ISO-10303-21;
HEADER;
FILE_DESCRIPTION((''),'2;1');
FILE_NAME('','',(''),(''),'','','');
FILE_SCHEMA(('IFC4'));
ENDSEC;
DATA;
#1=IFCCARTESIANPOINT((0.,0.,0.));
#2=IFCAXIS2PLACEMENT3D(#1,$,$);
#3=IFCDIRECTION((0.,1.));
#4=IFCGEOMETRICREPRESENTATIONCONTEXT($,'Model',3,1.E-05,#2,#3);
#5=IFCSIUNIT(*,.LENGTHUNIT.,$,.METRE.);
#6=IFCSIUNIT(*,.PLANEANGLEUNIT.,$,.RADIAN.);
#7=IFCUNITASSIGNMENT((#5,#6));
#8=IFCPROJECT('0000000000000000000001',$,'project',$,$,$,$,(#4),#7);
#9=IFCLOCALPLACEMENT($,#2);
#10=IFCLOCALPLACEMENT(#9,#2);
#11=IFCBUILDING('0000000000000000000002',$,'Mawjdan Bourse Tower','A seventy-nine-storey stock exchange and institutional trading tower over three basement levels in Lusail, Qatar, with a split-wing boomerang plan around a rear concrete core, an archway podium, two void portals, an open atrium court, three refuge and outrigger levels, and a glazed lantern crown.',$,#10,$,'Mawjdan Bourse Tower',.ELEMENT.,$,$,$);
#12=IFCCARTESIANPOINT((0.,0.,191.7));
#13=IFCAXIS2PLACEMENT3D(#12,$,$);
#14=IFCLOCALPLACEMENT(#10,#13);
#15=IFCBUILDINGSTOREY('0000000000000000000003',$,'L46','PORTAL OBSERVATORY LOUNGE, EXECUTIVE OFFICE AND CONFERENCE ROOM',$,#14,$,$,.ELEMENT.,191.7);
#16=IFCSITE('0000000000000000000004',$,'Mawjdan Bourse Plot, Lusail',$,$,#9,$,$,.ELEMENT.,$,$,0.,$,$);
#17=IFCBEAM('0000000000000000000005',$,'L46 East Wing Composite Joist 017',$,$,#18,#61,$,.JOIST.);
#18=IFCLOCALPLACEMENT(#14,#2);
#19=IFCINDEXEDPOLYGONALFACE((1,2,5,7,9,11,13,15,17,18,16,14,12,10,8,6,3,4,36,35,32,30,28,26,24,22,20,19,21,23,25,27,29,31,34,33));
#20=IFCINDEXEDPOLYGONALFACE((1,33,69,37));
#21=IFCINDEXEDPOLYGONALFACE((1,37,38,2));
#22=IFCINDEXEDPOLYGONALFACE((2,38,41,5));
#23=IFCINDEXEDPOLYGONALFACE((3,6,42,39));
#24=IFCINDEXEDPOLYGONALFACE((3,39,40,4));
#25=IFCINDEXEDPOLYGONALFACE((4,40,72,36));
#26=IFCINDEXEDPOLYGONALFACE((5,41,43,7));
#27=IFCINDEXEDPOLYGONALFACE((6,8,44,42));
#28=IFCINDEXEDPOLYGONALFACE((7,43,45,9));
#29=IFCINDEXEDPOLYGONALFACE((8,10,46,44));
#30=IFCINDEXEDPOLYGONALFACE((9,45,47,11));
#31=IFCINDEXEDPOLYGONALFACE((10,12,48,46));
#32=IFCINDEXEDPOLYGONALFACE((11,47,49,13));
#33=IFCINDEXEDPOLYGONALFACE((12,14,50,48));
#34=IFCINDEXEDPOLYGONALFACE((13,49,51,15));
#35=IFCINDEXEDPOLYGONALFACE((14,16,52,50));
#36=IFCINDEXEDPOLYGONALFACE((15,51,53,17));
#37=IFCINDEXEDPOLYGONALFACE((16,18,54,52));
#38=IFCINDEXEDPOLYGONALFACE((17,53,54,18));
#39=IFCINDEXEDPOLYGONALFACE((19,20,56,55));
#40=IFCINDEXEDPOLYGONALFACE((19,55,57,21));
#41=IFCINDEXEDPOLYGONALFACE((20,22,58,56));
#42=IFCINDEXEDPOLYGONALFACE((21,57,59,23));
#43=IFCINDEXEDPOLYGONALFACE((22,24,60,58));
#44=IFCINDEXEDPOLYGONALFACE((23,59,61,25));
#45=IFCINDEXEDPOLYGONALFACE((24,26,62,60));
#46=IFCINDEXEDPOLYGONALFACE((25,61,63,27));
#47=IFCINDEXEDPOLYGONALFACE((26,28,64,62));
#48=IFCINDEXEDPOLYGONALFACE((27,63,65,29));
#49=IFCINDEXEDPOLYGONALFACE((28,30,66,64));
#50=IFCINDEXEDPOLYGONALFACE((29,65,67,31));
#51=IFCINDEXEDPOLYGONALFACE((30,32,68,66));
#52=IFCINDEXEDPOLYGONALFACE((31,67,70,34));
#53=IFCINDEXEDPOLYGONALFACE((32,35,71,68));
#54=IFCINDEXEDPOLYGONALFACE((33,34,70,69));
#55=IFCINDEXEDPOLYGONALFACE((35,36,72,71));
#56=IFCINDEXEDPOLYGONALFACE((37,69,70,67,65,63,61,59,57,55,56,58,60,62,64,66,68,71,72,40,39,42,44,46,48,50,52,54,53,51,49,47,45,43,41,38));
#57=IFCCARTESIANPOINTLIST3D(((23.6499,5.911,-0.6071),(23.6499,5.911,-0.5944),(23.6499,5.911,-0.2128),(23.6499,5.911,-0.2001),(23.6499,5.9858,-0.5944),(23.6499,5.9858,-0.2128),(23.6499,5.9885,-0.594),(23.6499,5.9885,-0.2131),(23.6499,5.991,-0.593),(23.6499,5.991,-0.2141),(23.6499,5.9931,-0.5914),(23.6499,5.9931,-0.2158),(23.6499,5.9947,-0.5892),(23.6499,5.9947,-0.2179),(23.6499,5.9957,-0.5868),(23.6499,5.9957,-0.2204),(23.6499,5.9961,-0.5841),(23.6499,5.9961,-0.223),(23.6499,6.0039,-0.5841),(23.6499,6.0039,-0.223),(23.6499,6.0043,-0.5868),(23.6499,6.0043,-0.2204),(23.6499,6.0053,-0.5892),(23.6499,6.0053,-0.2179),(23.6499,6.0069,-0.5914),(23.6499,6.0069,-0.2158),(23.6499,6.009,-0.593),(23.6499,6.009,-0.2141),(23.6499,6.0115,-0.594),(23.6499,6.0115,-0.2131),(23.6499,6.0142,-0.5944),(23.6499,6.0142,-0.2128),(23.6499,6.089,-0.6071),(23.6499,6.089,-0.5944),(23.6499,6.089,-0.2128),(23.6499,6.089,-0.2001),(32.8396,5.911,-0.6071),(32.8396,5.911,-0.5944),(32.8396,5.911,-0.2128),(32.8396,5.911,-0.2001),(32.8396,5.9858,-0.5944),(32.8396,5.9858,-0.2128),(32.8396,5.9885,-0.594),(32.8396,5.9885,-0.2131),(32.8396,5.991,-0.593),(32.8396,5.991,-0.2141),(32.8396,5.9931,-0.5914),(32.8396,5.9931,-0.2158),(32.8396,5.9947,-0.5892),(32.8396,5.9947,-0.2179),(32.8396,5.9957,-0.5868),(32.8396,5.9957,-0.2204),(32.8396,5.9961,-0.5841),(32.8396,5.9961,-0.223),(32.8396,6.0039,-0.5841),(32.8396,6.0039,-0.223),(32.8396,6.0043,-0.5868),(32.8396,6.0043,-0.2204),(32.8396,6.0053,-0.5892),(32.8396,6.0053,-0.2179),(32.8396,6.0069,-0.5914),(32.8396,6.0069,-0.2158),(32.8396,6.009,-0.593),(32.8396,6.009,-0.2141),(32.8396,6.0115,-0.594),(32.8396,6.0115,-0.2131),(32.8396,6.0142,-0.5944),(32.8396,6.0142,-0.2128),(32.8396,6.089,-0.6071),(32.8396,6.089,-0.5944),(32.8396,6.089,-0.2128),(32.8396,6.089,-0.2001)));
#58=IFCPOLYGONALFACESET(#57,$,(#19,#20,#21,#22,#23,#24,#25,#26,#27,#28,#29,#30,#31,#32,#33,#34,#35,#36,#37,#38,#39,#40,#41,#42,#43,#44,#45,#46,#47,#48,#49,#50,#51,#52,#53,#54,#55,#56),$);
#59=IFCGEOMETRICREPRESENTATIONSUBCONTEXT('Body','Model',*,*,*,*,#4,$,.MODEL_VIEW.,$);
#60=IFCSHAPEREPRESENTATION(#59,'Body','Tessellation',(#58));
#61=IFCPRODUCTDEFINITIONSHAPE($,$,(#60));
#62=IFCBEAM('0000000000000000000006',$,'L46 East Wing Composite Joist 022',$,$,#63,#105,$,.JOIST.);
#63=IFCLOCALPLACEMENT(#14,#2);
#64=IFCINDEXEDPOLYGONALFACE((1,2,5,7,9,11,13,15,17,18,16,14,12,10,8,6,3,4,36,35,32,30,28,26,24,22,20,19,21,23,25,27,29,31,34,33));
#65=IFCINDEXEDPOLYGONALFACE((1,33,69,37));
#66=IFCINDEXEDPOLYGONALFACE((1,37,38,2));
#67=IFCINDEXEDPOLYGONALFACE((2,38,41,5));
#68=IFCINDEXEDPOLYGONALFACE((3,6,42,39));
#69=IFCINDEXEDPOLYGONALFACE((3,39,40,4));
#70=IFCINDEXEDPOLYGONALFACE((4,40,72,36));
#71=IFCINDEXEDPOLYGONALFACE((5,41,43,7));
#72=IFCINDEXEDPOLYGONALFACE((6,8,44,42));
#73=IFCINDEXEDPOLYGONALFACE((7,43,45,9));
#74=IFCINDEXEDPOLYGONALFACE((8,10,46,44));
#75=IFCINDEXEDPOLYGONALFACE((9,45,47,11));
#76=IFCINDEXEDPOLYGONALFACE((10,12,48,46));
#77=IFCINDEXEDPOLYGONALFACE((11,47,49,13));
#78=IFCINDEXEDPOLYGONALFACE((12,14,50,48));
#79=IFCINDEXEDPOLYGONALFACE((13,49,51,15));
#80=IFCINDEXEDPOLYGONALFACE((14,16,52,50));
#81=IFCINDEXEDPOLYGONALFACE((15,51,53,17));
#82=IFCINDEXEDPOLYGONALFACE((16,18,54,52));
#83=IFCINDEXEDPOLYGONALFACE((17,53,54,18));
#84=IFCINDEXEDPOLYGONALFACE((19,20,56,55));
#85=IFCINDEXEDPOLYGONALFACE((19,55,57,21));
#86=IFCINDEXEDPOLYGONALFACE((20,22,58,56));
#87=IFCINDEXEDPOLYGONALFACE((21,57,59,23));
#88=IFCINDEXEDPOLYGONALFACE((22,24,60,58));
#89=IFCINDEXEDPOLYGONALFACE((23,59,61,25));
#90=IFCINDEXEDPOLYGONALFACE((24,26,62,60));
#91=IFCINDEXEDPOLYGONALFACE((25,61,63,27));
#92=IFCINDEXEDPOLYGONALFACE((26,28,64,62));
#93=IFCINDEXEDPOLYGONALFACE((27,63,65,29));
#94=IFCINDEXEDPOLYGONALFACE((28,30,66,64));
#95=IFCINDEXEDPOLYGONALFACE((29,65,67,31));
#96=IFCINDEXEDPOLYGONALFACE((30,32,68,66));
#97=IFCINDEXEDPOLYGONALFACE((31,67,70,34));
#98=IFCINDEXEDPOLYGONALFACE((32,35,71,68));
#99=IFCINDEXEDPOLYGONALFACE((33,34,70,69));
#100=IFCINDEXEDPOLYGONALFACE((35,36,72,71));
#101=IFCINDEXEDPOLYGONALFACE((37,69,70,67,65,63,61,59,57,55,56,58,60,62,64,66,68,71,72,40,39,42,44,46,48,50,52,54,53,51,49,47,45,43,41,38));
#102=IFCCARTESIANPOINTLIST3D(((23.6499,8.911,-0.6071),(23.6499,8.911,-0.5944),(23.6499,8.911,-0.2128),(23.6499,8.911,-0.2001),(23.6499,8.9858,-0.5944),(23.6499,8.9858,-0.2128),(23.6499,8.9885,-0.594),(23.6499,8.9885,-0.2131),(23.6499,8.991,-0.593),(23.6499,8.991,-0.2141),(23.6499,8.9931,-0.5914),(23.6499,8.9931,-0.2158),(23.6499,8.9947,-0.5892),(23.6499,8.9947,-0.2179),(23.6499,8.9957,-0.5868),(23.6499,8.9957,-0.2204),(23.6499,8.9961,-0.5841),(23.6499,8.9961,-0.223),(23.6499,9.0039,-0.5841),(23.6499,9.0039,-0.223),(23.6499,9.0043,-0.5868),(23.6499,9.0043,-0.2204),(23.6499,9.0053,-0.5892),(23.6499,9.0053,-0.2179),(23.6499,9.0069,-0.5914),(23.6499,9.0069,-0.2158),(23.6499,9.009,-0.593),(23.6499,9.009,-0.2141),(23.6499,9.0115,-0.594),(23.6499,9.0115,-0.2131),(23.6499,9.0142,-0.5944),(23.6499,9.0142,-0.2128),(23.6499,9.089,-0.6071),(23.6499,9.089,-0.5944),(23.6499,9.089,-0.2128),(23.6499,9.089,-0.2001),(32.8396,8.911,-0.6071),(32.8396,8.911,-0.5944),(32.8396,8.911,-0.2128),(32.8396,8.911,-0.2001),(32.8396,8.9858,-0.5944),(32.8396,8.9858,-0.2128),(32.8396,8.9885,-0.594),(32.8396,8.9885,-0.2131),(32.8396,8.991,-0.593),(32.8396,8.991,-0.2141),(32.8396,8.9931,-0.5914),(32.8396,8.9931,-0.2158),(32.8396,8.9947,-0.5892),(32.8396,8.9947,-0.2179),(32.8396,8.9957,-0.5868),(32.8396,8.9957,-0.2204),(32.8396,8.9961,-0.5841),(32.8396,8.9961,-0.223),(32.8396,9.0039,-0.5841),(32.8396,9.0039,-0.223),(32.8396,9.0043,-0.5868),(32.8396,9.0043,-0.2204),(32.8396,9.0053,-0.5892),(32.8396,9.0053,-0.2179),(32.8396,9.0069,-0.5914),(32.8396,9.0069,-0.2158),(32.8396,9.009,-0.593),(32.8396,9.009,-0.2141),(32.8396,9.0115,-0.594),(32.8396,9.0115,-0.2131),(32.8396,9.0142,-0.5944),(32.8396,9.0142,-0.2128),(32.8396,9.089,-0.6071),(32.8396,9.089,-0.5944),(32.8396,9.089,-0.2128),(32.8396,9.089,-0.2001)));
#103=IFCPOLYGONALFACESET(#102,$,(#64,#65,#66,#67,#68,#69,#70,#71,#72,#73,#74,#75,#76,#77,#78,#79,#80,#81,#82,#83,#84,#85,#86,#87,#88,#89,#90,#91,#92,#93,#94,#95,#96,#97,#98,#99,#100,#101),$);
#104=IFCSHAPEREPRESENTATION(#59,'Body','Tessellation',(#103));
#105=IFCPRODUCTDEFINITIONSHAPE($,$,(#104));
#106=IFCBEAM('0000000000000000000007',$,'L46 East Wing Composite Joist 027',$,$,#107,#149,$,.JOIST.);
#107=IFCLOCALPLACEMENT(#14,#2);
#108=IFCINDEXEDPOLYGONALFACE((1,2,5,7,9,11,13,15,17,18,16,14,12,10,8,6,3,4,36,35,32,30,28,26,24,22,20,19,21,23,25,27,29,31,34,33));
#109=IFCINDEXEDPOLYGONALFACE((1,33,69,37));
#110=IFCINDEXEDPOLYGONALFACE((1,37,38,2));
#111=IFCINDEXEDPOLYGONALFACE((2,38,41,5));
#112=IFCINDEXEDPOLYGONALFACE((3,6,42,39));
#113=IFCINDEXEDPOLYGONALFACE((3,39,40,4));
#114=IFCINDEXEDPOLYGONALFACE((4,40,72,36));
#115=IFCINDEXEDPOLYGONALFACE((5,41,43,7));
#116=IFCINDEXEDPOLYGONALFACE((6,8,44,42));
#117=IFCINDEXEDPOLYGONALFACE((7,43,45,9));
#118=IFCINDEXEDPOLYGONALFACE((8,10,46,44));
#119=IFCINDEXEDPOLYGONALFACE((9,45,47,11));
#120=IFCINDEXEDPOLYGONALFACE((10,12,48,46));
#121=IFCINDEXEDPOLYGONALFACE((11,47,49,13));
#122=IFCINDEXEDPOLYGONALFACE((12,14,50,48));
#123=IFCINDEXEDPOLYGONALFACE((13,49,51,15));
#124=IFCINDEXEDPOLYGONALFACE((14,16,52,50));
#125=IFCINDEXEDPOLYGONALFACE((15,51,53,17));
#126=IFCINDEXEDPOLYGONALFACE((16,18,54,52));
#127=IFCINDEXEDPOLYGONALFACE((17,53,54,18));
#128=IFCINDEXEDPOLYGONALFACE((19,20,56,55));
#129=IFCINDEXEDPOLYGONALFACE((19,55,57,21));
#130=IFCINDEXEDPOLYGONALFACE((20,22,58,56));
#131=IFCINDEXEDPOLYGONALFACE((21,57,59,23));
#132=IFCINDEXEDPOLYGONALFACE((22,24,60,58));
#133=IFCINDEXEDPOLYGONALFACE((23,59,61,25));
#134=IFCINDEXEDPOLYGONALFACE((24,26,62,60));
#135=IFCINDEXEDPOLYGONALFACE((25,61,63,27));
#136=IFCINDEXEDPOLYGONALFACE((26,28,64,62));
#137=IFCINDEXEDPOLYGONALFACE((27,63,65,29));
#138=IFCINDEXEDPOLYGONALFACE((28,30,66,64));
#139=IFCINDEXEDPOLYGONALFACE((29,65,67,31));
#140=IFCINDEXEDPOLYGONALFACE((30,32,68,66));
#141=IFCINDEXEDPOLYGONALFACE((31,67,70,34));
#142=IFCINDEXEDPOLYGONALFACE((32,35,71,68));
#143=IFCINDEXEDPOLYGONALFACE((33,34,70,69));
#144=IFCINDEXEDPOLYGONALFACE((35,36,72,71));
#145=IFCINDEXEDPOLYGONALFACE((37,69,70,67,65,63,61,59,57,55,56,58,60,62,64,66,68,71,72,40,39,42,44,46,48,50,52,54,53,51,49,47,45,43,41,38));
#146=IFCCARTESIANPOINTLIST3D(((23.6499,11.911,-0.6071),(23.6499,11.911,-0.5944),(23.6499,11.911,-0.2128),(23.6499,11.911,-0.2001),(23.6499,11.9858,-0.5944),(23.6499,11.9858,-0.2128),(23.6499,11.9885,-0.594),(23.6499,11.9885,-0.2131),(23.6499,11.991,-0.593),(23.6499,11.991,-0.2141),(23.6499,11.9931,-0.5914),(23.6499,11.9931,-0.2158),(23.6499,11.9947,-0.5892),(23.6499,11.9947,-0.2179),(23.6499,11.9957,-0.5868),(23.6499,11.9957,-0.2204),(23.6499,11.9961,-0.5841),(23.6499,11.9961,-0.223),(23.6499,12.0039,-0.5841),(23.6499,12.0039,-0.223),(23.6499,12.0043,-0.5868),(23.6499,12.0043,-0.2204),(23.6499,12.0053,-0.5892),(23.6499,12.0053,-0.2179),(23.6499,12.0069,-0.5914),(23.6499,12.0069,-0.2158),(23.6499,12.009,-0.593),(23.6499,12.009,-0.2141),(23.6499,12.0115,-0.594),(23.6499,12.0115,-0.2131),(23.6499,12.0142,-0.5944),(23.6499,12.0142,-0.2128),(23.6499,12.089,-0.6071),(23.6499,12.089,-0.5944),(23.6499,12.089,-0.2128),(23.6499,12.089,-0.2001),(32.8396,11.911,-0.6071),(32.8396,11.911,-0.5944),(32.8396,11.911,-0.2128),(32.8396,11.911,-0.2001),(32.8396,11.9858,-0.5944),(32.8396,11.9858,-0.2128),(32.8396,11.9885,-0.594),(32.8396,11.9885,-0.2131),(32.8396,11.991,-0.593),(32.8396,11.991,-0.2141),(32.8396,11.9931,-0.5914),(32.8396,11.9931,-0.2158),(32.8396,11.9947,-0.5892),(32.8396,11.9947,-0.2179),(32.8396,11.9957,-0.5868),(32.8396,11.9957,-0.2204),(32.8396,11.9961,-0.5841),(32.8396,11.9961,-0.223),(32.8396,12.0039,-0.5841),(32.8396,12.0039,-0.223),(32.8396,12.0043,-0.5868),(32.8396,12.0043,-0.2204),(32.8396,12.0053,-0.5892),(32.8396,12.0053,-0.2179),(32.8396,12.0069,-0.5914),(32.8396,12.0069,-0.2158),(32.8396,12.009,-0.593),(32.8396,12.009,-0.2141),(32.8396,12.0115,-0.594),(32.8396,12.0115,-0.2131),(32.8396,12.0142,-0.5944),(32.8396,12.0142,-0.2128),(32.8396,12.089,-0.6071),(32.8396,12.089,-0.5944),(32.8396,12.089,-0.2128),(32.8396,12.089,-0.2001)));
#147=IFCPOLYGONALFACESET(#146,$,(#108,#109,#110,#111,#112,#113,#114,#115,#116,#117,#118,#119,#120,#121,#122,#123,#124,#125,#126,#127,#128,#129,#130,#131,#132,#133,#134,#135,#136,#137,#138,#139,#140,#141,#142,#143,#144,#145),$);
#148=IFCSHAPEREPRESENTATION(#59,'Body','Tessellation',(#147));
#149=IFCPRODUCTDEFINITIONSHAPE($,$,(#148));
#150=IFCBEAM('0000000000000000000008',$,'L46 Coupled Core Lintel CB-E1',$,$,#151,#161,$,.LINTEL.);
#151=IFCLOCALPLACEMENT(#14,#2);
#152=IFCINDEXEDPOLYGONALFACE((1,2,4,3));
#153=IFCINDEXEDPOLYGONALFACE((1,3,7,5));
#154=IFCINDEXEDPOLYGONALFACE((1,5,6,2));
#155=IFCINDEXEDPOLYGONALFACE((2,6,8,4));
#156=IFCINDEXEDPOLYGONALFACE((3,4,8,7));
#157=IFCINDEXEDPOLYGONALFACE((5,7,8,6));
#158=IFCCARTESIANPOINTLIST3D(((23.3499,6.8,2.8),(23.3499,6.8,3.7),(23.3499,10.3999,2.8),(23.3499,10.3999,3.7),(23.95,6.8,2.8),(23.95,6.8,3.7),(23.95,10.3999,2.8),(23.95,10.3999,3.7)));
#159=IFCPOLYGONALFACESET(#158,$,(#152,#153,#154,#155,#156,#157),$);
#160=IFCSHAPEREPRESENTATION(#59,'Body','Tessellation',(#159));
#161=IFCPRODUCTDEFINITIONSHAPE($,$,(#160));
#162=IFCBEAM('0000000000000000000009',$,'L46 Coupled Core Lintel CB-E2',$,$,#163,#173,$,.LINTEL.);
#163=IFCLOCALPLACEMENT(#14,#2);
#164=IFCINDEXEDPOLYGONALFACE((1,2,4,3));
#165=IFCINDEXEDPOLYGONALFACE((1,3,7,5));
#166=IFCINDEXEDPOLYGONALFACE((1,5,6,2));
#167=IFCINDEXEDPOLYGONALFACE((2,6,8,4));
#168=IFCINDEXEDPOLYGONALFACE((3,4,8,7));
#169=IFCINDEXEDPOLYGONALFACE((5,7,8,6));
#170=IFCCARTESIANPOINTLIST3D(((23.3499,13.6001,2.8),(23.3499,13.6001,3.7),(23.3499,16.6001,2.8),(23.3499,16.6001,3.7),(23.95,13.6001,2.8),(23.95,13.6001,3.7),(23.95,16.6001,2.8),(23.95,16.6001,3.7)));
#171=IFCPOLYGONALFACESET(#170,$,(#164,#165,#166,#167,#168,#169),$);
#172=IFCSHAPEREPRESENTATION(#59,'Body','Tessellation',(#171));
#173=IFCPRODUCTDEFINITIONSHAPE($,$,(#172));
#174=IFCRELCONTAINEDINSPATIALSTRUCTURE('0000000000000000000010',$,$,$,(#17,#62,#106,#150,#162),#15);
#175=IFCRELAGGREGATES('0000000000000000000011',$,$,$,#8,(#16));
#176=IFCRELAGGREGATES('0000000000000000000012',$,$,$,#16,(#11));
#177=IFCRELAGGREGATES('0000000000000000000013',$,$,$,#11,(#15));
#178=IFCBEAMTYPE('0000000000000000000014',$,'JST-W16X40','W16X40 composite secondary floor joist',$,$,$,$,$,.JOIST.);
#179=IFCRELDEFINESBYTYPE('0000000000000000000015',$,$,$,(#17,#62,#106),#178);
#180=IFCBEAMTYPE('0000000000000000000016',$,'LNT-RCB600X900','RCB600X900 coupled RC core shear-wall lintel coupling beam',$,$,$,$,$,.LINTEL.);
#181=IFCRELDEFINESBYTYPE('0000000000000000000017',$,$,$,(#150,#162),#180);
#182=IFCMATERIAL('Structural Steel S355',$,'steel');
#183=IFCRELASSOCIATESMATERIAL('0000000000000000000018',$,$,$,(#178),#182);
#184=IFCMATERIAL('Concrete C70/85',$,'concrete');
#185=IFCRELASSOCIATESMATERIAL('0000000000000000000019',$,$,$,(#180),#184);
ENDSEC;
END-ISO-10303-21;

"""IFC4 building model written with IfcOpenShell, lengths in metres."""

from ifc_helpers import new_model, si_unit, direction, frame, origin, origin_2d, place, context, subcontext, project, spatial, rectangle, i_section, extrude, material, material_profile, profile_set, type_object, element, save


model = new_model("IFC4")

# Units and contexts
model_context = context("Model", 3, precision=1e-05, world=origin(), true_north=direction((0.0, 1.0)))
body_context = subcontext(model_context, "Body", "Model", "MODEL_VIEW")
ifc_project = project(units=[si_unit("LENGTHUNIT", "METRE"), si_unit("PLANEANGLEUNIT", "RADIAN")], contexts=[model_context])

# Site, building, storey
site_placement = place(None, origin())
site = spatial("IfcSite", under=ifc_project, at=site_placement, Name="Mawjdan Bourse Plot, Lusail", CompositionType="ELEMENT", RefElevation=0.0)
building_placement = place(site_placement, origin())
building = spatial("IfcBuilding", under=site, at=building_placement, Name="Mawjdan Bourse Tower", Description="A seventy-nine-storey stock exchange and institutional trading tower over three basement levels in Lusail, Qatar, with a split-wing boomerang plan around a rear concrete core, an archway podium, two void portals, an open atrium court, three refuge and outrigger levels, and a glazed lantern crown.", LongName="Mawjdan Bourse Tower", CompositionType="ELEMENT")
storey_placement = place(building_placement, frame((0.0, 0.0, 191.7)))
storey = spatial("IfcBuildingStorey", under=building, at=storey_placement, Name="L46", Description="PORTAL OBSERVATORY LOUNGE, EXECUTIVE OFFICE AND CONFERENCE ROOM", CompositionType="ELEMENT", Elevation=191.7)

# Beams
ifc_material_1 = material(Name="Structural Steel S355", Category="steel")
ifc_material_profile_1 = material_profile(ifc_material_1, i_section(OverallWidth=0.178, OverallDepth=0.407, WebThickness=0.0078, FlangeThickness=0.0127, FilletRadius=0.0103, at=origin_2d()), Name="W16X40")
ifc_profile_set_1 = profile_set([ifc_material_profile_1], Name="Structural Steel S355")
beam_type_1 = type_object("IfcBeamType", Name="JST-W16X40", Description="W16X40 composite secondary floor joist", PredefinedType="JOIST", material=ifc_profile_set_1)
for number, where, z_axis, x_axis, name in (
    (1, (23.6499, 6.0, -0.4036), (1.0, 0.0, 0.0), (0.0, 1.0, 0.0), "L46 East Wing Composite Joist 017"),
    (2, (23.6499, 9.0, -0.4036), (1.0, 0.0, 0.0), (0.0, 1.0, 0.0), "L46 East Wing Composite Joist 022"),
    (3, (23.6499, 12.0, -0.4036), (1.0, 0.0, 0.0), (0.0, 1.0, 0.0), "L46 East Wing Composite Joist 027"),
):
    element("IfcBeam", number, at=place(storey_placement, frame(where, z_axis=z_axis, x_axis=x_axis)), inside=storey, type_object=beam_type_1, Name=name, PredefinedType="JOIST", context=body_context, shape_type="SweptSolid", body=[
        extrude(i_section(OverallWidth=0.178, OverallDepth=0.407, WebThickness=0.0078, FlangeThickness=0.0127, FilletRadius=0.0103, at=origin_2d()), origin(), (0.0, 0.0, 1.0), 9.1897),
    ])
ifc_material_2 = material(Name="Concrete C70/85", Category="concrete")
ifc_material_profile_2 = material_profile(ifc_material_2, rectangle(XDim=0.6001, YDim=0.8999, at=origin_2d()), Name="RCB600X900")
ifc_profile_set_2 = profile_set([ifc_material_profile_2], Name="Concrete C70/85")
beam_type_2 = type_object("IfcBeamType", Name="LNT-RCB600X900", Description="RCB600X900 coupled RC core shear-wall lintel coupling beam", PredefinedType="LINTEL", material=ifc_profile_set_2)
beam_1_placement = place(storey_placement, frame((23.6499, 6.8, 3.25), z_axis=(0.0, 1.0, 0.0), x_axis=(-1.0, 0.0, 0.0)))
element("IfcBeam", 4, at=beam_1_placement, inside=storey, type_object=beam_type_2, Name="L46 Coupled Core Lintel CB-E1", PredefinedType="LINTEL", context=body_context, shape_type="SweptSolid", body=[
    extrude(rectangle(XDim=0.6001, YDim=0.8999, at=origin_2d()), origin(), (0.0, 0.0, 1.0), 3.5999),
])
beam_2_placement = place(storey_placement, frame((23.6499, 13.6001, 3.25), z_axis=(0.0, 1.0, 0.0), x_axis=(-1.0, 0.0, 0.0)))
element("IfcBeam", 5, at=beam_2_placement, inside=storey, type_object=beam_type_2, Name="L46 Coupled Core Lintel CB-E2", PredefinedType="LINTEL", context=body_context, shape_type="SweptSolid", body=[
    extrude(rectangle(XDim=0.6001, YDim=0.8999, at=origin_2d()), origin(), (0.0, 0.0, 1.0), 3.0),
])

save(model, "model.ifc")
